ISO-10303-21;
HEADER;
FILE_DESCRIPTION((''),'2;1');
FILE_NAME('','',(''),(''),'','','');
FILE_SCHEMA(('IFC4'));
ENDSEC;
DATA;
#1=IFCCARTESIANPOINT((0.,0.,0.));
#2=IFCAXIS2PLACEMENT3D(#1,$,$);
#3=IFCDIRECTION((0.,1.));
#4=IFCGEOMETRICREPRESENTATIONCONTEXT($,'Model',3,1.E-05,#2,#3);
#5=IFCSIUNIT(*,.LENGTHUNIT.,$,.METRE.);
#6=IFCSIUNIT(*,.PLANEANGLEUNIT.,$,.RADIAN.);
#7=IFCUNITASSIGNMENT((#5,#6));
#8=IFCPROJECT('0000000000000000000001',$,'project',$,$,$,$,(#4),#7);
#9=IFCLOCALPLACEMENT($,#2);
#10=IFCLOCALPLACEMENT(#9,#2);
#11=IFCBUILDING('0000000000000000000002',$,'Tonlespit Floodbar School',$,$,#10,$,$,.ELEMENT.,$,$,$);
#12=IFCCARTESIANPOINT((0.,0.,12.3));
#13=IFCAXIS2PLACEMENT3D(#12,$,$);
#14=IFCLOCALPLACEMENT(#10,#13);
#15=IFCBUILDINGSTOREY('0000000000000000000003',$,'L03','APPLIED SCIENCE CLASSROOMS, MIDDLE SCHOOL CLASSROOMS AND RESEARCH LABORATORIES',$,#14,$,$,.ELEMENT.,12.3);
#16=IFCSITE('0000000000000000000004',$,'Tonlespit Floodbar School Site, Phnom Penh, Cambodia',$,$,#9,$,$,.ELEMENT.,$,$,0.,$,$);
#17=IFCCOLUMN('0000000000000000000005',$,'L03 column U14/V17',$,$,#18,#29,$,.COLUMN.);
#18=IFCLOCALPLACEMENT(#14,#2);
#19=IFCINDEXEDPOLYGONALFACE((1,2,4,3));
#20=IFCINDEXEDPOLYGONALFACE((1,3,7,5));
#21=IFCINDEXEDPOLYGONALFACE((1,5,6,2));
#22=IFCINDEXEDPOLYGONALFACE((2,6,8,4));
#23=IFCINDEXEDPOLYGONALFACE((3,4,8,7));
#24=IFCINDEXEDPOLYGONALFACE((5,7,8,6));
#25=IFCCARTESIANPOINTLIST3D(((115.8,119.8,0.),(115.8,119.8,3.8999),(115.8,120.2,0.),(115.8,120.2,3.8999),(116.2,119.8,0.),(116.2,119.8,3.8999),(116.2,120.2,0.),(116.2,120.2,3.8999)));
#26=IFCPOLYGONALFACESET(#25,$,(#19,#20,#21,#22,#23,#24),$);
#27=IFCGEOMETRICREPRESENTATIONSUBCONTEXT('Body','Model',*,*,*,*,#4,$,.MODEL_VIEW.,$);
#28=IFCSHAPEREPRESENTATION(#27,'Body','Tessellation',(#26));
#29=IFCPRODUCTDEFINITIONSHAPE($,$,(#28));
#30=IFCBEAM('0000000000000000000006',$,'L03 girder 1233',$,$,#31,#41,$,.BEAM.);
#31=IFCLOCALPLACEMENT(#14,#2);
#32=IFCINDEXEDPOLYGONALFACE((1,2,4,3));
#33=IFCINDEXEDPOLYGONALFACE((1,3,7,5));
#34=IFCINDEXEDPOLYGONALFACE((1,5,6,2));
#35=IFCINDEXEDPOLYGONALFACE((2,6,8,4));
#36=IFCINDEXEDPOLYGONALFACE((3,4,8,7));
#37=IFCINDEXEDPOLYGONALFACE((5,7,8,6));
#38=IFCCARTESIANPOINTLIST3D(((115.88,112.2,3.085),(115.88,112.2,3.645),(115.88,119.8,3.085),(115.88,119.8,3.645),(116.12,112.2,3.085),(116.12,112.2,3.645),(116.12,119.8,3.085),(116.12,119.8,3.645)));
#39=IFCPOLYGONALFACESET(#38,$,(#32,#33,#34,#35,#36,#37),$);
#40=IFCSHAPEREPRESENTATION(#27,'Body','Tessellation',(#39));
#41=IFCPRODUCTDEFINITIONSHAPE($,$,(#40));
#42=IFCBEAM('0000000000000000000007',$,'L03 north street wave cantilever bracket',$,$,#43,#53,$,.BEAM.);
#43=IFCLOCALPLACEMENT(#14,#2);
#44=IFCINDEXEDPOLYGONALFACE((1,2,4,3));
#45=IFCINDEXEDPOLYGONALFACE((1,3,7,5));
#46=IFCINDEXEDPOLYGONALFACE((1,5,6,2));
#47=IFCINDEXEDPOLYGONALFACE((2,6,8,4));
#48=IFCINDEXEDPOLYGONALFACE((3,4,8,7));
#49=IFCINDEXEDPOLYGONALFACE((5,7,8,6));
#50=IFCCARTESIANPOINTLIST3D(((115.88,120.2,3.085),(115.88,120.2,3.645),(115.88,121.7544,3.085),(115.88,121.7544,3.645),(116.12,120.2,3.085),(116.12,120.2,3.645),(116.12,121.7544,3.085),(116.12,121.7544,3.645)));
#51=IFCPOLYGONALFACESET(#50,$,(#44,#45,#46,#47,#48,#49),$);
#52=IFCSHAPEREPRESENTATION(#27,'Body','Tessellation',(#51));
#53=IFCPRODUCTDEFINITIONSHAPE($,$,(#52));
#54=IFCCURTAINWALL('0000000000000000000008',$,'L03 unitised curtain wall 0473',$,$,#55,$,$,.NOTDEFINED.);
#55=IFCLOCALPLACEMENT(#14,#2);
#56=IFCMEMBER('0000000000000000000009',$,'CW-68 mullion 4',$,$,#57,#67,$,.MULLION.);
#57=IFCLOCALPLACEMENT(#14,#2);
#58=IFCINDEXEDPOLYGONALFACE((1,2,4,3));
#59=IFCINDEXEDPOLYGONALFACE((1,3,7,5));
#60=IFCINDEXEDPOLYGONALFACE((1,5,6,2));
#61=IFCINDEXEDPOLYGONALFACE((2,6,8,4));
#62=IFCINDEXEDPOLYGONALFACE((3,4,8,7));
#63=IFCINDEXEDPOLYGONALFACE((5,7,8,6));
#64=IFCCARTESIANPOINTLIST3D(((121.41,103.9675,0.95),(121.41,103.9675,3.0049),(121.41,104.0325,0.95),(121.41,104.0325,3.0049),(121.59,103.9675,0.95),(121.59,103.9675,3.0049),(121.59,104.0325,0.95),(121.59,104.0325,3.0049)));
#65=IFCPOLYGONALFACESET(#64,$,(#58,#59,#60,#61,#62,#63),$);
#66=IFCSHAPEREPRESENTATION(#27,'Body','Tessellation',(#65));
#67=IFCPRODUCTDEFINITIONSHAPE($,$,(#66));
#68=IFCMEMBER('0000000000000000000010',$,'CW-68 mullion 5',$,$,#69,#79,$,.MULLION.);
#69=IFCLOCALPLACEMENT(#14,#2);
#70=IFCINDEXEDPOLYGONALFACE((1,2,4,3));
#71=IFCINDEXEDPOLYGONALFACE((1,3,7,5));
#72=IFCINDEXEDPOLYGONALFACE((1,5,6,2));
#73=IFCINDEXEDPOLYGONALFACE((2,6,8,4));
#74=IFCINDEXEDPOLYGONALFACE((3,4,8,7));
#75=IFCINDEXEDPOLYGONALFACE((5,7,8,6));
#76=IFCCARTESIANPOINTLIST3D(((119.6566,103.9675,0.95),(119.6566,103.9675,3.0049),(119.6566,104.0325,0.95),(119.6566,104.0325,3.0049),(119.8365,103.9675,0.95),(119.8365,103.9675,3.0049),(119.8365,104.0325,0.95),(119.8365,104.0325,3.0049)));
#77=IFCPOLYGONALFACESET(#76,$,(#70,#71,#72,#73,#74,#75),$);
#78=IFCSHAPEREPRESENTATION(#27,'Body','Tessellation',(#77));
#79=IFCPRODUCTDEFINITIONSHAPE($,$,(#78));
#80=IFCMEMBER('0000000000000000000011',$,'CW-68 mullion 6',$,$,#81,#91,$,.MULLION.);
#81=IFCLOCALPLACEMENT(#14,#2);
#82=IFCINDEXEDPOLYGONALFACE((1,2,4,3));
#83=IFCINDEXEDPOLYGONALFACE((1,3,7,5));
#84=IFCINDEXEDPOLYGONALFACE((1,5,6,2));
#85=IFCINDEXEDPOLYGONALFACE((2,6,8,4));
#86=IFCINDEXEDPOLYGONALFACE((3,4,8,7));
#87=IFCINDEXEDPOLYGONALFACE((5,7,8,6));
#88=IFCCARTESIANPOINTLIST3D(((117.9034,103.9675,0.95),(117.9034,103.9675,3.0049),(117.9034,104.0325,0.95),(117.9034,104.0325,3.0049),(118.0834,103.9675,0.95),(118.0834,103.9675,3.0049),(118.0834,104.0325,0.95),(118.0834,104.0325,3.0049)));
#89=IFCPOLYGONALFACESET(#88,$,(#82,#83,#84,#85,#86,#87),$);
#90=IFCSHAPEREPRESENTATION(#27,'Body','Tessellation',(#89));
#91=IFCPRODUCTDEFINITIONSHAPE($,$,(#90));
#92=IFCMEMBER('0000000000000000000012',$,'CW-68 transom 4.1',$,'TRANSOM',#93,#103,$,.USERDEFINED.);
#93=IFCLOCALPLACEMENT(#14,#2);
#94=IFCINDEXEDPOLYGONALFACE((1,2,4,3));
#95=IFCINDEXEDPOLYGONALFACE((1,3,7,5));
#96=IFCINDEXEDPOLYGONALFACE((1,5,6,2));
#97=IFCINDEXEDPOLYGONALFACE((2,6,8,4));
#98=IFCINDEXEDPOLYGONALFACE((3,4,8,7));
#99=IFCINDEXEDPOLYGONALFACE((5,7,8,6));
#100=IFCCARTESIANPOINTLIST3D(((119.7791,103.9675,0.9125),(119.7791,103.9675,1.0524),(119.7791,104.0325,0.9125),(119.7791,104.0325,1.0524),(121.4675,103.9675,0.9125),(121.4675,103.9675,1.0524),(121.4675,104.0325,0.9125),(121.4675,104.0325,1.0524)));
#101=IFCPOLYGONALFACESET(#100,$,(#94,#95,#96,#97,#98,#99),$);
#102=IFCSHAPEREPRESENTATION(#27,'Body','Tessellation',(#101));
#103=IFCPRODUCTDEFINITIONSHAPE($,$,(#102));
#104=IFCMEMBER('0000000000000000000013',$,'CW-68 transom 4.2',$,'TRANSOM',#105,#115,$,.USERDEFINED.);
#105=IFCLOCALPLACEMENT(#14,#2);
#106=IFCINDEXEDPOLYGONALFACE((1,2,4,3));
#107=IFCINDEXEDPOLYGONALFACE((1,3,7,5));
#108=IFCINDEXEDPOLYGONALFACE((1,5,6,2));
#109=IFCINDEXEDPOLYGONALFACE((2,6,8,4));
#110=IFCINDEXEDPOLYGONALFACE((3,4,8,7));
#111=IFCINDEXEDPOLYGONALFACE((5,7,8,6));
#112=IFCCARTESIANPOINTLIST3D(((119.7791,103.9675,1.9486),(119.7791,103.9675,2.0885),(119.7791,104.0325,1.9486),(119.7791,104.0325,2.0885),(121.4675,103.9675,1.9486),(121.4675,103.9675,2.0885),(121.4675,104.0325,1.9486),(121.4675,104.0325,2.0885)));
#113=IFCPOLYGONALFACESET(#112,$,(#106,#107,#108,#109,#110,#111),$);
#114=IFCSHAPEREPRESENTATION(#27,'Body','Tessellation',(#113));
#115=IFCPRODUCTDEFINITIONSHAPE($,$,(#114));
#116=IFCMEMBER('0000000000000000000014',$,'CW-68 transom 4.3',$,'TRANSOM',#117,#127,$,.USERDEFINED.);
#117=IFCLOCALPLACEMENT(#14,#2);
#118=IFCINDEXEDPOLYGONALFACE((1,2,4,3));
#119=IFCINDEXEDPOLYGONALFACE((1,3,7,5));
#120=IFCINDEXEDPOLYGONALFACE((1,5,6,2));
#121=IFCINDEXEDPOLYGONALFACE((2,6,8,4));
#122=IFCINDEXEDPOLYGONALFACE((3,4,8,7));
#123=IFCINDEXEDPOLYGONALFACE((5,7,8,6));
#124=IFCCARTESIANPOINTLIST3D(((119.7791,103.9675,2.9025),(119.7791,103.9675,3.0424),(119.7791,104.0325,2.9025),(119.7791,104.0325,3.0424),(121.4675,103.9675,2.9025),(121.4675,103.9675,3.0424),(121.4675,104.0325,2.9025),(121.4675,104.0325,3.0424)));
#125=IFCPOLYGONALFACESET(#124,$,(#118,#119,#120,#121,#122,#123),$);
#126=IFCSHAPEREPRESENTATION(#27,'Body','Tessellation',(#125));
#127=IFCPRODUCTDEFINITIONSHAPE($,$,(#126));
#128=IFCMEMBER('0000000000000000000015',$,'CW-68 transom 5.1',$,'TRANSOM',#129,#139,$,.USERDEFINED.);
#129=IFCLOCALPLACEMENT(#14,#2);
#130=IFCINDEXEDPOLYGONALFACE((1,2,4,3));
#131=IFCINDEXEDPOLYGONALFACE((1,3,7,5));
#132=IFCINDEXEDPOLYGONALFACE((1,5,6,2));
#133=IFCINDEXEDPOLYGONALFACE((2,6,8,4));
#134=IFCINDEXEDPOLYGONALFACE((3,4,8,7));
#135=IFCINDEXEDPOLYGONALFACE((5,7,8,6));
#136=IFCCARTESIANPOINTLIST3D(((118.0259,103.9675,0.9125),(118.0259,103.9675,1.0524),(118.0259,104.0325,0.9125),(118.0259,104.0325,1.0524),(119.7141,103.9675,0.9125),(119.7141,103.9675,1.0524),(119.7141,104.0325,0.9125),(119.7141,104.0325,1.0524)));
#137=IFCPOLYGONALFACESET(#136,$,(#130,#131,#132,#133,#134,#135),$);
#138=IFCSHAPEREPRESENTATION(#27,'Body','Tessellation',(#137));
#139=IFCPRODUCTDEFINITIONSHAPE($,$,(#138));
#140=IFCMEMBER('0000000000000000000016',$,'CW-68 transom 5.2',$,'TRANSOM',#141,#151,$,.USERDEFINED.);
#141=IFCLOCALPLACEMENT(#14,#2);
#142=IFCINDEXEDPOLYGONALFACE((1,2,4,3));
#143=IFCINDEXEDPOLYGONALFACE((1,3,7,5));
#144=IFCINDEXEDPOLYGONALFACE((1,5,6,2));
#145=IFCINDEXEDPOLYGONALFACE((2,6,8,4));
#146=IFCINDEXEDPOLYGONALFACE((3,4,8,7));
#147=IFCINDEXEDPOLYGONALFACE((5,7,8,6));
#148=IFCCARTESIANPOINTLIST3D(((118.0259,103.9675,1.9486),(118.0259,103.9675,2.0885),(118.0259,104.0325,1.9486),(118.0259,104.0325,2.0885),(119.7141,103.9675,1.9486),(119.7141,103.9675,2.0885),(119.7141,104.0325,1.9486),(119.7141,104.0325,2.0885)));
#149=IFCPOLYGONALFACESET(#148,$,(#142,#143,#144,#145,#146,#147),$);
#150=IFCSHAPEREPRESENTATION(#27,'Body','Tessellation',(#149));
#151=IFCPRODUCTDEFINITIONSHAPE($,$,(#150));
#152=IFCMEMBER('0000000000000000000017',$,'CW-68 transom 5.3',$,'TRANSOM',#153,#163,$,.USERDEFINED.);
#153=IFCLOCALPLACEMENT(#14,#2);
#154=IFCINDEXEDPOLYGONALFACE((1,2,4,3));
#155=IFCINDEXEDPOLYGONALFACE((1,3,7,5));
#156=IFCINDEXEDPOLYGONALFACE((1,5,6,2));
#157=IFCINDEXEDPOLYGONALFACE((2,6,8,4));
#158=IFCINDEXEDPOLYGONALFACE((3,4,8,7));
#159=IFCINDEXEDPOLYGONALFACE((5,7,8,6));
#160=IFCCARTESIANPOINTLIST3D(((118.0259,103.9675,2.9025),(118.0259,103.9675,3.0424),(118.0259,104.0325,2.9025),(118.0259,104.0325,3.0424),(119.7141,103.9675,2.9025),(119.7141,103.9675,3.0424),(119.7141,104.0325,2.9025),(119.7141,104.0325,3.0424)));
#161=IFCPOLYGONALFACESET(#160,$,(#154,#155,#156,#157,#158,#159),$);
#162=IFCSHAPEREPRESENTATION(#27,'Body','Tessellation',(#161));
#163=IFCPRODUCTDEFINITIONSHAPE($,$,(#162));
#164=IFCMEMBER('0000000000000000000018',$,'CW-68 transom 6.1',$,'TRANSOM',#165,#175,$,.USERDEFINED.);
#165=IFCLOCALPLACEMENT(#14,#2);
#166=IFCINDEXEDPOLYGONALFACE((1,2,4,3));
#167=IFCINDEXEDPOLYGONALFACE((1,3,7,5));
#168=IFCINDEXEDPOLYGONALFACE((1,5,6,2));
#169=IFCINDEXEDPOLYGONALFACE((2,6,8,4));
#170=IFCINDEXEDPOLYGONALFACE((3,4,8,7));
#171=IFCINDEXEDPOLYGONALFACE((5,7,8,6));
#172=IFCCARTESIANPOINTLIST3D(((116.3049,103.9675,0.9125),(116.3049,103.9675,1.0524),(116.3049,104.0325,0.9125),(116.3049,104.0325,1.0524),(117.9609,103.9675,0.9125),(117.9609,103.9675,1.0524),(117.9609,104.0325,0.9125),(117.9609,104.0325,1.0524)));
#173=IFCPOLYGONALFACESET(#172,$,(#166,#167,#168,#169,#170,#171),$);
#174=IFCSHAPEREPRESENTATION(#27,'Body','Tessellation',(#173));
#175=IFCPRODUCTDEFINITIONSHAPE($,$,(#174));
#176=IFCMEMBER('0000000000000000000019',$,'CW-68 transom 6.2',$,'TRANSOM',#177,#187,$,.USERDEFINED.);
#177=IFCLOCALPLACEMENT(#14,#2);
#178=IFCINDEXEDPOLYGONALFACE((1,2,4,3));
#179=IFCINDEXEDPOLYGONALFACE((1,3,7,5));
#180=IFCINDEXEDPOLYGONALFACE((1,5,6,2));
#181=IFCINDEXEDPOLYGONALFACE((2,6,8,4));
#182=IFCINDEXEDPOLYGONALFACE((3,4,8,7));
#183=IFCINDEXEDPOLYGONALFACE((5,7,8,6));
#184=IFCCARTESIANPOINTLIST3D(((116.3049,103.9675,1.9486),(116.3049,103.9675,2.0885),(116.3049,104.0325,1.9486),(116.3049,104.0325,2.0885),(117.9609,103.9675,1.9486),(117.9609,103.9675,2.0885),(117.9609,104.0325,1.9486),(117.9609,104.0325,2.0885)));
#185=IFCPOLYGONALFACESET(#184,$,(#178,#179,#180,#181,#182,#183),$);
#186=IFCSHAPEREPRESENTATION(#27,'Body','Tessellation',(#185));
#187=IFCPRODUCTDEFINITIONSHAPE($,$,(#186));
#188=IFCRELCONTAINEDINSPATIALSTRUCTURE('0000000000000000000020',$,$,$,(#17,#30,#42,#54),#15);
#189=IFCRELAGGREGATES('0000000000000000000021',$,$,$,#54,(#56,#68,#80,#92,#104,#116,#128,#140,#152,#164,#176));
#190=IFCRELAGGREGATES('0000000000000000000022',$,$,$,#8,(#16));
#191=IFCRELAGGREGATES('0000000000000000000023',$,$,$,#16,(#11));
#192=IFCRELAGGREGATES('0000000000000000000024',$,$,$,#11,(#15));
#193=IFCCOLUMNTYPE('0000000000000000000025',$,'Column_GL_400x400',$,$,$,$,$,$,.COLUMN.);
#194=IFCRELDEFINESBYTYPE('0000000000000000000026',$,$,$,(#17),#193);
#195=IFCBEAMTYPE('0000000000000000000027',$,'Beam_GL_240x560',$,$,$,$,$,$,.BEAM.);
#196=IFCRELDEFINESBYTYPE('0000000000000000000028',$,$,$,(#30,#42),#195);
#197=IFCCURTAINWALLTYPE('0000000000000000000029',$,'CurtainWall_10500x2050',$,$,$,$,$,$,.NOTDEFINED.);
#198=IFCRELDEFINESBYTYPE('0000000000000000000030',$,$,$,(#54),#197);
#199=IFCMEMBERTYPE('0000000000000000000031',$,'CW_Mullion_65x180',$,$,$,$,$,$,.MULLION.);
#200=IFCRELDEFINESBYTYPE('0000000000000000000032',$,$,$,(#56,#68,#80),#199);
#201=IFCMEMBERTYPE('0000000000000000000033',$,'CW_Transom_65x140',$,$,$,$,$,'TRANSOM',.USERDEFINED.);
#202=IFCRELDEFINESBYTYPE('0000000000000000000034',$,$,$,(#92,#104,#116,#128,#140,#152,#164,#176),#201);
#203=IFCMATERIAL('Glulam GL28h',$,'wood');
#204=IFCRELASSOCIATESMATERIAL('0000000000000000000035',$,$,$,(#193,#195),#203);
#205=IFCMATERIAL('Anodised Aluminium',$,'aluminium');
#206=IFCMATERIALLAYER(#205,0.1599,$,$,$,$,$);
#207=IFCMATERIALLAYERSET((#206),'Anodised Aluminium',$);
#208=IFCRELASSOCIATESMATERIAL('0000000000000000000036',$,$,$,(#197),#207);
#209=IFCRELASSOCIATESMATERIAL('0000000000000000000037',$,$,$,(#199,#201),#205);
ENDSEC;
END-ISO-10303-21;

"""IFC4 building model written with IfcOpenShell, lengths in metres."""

from ifc_helpers import new_model, si_unit, direction, frame, origin, origin_2d, place, context, subcontext, project, spatial, rectangle, extrude, material, layer, layer_set, material_profile, profile_set, type_object, element, aggregate, save


model = new_model("IFC4")

# Units and contexts
model_context = context("Model", 3, precision=1e-05, world=origin(), true_north=direction((0.0, 1.0)))
body_context = subcontext(model_context, "Body", "Model", "MODEL_VIEW")
ifc_project = project(units=[si_unit("LENGTHUNIT", "METRE"), si_unit("PLANEANGLEUNIT", "RADIAN")], contexts=[model_context])

# Site, building, storey
site_placement = place(None, origin())
site = spatial("IfcSite", under=ifc_project, at=site_placement, Name="Tonlespit Floodbar School Site, Phnom Penh, Cambodia", CompositionType="ELEMENT", RefElevation=0.0)
building_placement = place(site_placement, origin())
building = spatial("IfcBuilding", under=site, at=building_placement, Name="Tonlespit Floodbar School", CompositionType="ELEMENT")
storey_placement = place(building_placement, frame((0.0, 0.0, 12.3)))
storey = spatial("IfcBuildingStorey", under=building, at=storey_placement, Name="L03", Description="APPLIED SCIENCE CLASSROOMS, MIDDLE SCHOOL CLASSROOMS AND RESEARCH LABORATORIES", CompositionType="ELEMENT", Elevation=12.3)

# Column
ifc_material_1 = material(Name="Glulam GL28h", Category="wood")
ifc_material_profile_1 = material_profile(ifc_material_1, rectangle(XDim=0.3999, YDim=0.3999, at=origin_2d()), Name="GL 400x400")
ifc_profile_set_1 = profile_set([ifc_material_profile_1], Name="Glulam GL28h")
column_type = type_object("IfcColumnType", Name="Column_GL_400x400", PredefinedType="COLUMN", material=ifc_profile_set_1)
column_placement = place(storey_placement, frame((116.0, 120.0, 0.0), z_axis=(0.0, 0.0, 1.0), x_axis=(1.0, 0.0, 0.0)))
element("IfcColumn", 1, at=column_placement, inside=storey, type_object=column_type, Name="L03 column U14/V17", PredefinedType="COLUMN", context=body_context, shape_type="SweptSolid", body=[
    extrude(rectangle(XDim=0.3999, YDim=0.3999, at=origin_2d()), origin(), (0.0, 0.0, 1.0), 3.8999),
])

# Beams
ifc_material_profile_2 = material_profile(ifc_material_1, rectangle(XDim=0.24, YDim=0.5601, at=origin_2d()), Name="GL 240x560")
ifc_profile_set_2 = profile_set([ifc_material_profile_2], Name="Glulam GL28h")
beam_type_1 = type_object("IfcBeamType", Name="Beam_GL_240x560", PredefinedType="BEAM", material=ifc_profile_set_2)
beam_1_placement = place(storey_placement, frame((116.0, 112.2, 3.365), z_axis=(0.0, 1.0, 0.0), x_axis=(-1.0, 0.0, 0.0)))
element("IfcBeam", 2, at=beam_1_placement, inside=storey, type_object=beam_type_1, Name="L03 girder 1233", PredefinedType="BEAM", context=body_context, shape_type="SweptSolid", body=[
    extrude(rectangle(XDim=0.24, YDim=0.5601, at=origin_2d()), origin(), (0.0, 0.0, 1.0), 7.6001),
])
beam_2_placement = place(storey_placement, frame((116.0, 120.2, 3.365), z_axis=(0.0, 1.0, 0.0), x_axis=(-1.0, 0.0, 0.0)))
element("IfcBeam", 3, at=beam_2_placement, inside=storey, type_object=beam_type_1, Name="L03 north street wave cantilever bracket", PredefinedType="BEAM", context=body_context, shape_type="SweptSolid", body=[
    extrude(rectangle(XDim=0.24, YDim=0.5601, at=origin_2d()), origin(), (0.0, 0.0, 1.0), 1.5544),
])

# Curtain wall, members
ifc_material_2 = material(Name="Anodised Aluminium", Category="aluminium")
ifc_layer_1 = layer(ifc_material_2, 0.1599)
ifc_layer_set_1 = layer_set([ifc_layer_1], Name="Anodised Aluminium")
curtain_wall_type = type_object("IfcCurtainWallType", Name="CurtainWall_10500x2050", PredefinedType="NOTDEFINED", material=ifc_layer_set_1)
curtain_wall_placement = place(storey_placement, origin())
curtain_wall = element("IfcCurtainWall", 4, at=curtain_wall_placement, inside=storey, type_object=curtain_wall_type, Name="L03 unitised curtain wall 0473", PredefinedType="NOTDEFINED")
ifc_material_profile_3 = material_profile(ifc_material_2, rectangle(XDim=0.0649, YDim=0.1799, at=origin_2d()), Name="ALU M65x180")
ifc_profile_set_3 = profile_set([ifc_material_profile_3], Name="Anodised Aluminium")
member_type_1 = type_object("IfcMemberType", Name="CW_Mullion_65x180", PredefinedType="MULLION", material=ifc_profile_set_3)
member_1_placement = place(storey_placement, frame((121.5, 104.0, 0.95), z_axis=(0.0, 0.0, 1.0), x_axis=(0.0, -1.0, 0.0)))
member_1 = element("IfcMember", 5, at=member_1_placement, type_object=member_type_1, Name="CW-68 mullion 4", PredefinedType="MULLION", context=body_context, shape_type="SweptSolid", body=[
    extrude(rectangle(XDim=0.0649, YDim=0.1799, at=origin_2d()), origin(), (0.0, 0.0, 1.0), 2.0549),
])
member_2_placement = place(storey_placement, frame((119.7466, 104.0, 0.95), z_axis=(0.0, 0.0, 1.0), x_axis=(0.0, -1.0, 0.0)))
member_2 = element("IfcMember", 6, at=member_2_placement, type_object=member_type_1, Name="CW-68 mullion 5", PredefinedType="MULLION", context=body_context, shape_type="SweptSolid", body=[
    extrude(rectangle(XDim=0.0649, YDim=0.1799, at=origin_2d()), origin(), (0.0, 0.0, 1.0), 2.0549),
])
member_3_placement = place(storey_placement, frame((117.9934, 104.0, 0.95), z_axis=(0.0, 0.0, 1.0), x_axis=(0.0, -1.0, 0.0)))
member_3 = element("IfcMember", 7, at=member_3_placement, type_object=member_type_1, Name="CW-68 mullion 6", PredefinedType="MULLION", context=body_context, shape_type="SweptSolid", body=[
    extrude(rectangle(XDim=0.0649, YDim=0.1799, at=origin_2d()), origin(), (0.0, 0.0, 1.0), 2.0549),
])
ifc_material_profile_4 = material_profile(ifc_material_2, rectangle(XDim=0.0649, YDim=0.1399, at=origin_2d()), Name="ALU T65x140")
ifc_profile_set_4 = profile_set([ifc_material_profile_4], Name="Anodised Aluminium")
member_type_2 = type_object("IfcMemberType", Name="CW_Transom_65x140", ElementType="TRANSOM", PredefinedType="USERDEFINED", material=ifc_profile_set_4)
member_4_placement = place(storey_placement, frame((121.4675, 104.0, 0.9824), z_axis=(-1.0, 0.0, 0.0), x_axis=(0.0, -1.0, 0.0)))
member_4 = element("IfcMember", 8, at=member_4_placement, type_object=member_type_2, Name="CW-68 transom 4.1", ObjectType="TRANSOM", PredefinedType="USERDEFINED", context=body_context, shape_type="SweptSolid", body=[
    extrude(rectangle(XDim=0.0649, YDim=0.1399, at=origin_2d()), origin(), (0.0, 0.0, 1.0), 1.6885),
])
member_5_placement = place(storey_placement, frame((121.4675, 104.0, 2.0186), z_axis=(-1.0, 0.0, 0.0), x_axis=(0.0, -1.0, 0.0)))
member_5 = element("IfcMember", 9, at=member_5_placement, type_object=member_type_2, Name="CW-68 transom 4.2", ObjectType="TRANSOM", PredefinedType="USERDEFINED", context=body_context, shape_type="SweptSolid", body=[
    extrude(rectangle(XDim=0.0649, YDim=0.1399, at=origin_2d()), origin(), (0.0, 0.0, 1.0), 1.6885),
])
member_6_placement = place(storey_placement, frame((121.4675, 104.0, 2.9724), z_axis=(-1.0, 0.0, 0.0), x_axis=(0.0, -1.0, 0.0)))
member_6 = element("IfcMember", 10, at=member_6_placement, type_object=member_type_2, Name="CW-68 transom 4.3", ObjectType="TRANSOM", PredefinedType="USERDEFINED", context=body_context, shape_type="SweptSolid", body=[
    extrude(rectangle(XDim=0.0649, YDim=0.1399, at=origin_2d()), origin(), (0.0, 0.0, 1.0), 1.6885),
])
member_7_placement = place(storey_placement, frame((119.7141, 104.0, 0.9824), z_axis=(-1.0, 0.0, 0.0), x_axis=(0.0, -1.0, 0.0)))
member_7 = element("IfcMember", 11, at=member_7_placement, type_object=member_type_2, Name="CW-68 transom 5.1", ObjectType="TRANSOM", PredefinedType="USERDEFINED", context=body_context, shape_type="SweptSolid", body=[
    extrude(rectangle(XDim=0.0649, YDim=0.1399, at=origin_2d()), origin(), (0.0, 0.0, 1.0), 1.6882),
])
member_8_placement = place(storey_placement, frame((119.7141, 104.0, 2.0186), z_axis=(-1.0, 0.0, 0.0), x_axis=(0.0, -1.0, 0.0)))
member_8 = element("IfcMember", 12, at=member_8_placement, type_object=member_type_2, Name="CW-68 transom 5.2", ObjectType="TRANSOM", PredefinedType="USERDEFINED", context=body_context, shape_type="SweptSolid", body=[
    extrude(rectangle(XDim=0.0649, YDim=0.1399, at=origin_2d()), origin(), (0.0, 0.0, 1.0), 1.6882),
])
member_9_placement = place(storey_placement, frame((119.7141, 104.0, 2.9724), z_axis=(-1.0, 0.0, 0.0), x_axis=(0.0, -1.0, 0.0)))
member_9 = element("IfcMember", 13, at=member_9_placement, type_object=member_type_2, Name="CW-68 transom 5.3", ObjectType="TRANSOM", PredefinedType="USERDEFINED", context=body_context, shape_type="SweptSolid", body=[
    extrude(rectangle(XDim=0.0649, YDim=0.1399, at=origin_2d()), origin(), (0.0, 0.0, 1.0), 1.6882),
])
member_10_placement = place(storey_placement, frame((117.9609, 104.0, 0.9824), z_axis=(-1.0, 0.0, 0.0), x_axis=(0.0, -1.0, 0.0)))
member_10 = element("IfcMember", 14, at=member_10_placement, type_object=member_type_2, Name="CW-68 transom 6.1", ObjectType="TRANSOM", PredefinedType="USERDEFINED", context=body_context, shape_type="SweptSolid", body=[
    extrude(rectangle(XDim=0.0649, YDim=0.1399, at=origin_2d()), origin(), (0.0, 0.0, 1.0), 1.656),
])
member_11_placement = place(storey_placement, frame((117.9609, 104.0, 2.0186), z_axis=(-1.0, 0.0, 0.0), x_axis=(0.0, -1.0, 0.0)))
member_11 = element("IfcMember", 15, at=member_11_placement, type_object=member_type_2, Name="CW-68 transom 6.2", ObjectType="TRANSOM", PredefinedType="USERDEFINED", context=body_context, shape_type="SweptSolid", body=[
    extrude(rectangle(XDim=0.0649, YDim=0.1399, at=origin_2d()), origin(), (0.0, 0.0, 1.0), 1.656),
])

aggregate(curtain_wall, [member_1, member_2, member_3, member_4, member_5, member_6, member_7, member_8, member_9, member_10, member_11])

save(model, "model.ifc")
